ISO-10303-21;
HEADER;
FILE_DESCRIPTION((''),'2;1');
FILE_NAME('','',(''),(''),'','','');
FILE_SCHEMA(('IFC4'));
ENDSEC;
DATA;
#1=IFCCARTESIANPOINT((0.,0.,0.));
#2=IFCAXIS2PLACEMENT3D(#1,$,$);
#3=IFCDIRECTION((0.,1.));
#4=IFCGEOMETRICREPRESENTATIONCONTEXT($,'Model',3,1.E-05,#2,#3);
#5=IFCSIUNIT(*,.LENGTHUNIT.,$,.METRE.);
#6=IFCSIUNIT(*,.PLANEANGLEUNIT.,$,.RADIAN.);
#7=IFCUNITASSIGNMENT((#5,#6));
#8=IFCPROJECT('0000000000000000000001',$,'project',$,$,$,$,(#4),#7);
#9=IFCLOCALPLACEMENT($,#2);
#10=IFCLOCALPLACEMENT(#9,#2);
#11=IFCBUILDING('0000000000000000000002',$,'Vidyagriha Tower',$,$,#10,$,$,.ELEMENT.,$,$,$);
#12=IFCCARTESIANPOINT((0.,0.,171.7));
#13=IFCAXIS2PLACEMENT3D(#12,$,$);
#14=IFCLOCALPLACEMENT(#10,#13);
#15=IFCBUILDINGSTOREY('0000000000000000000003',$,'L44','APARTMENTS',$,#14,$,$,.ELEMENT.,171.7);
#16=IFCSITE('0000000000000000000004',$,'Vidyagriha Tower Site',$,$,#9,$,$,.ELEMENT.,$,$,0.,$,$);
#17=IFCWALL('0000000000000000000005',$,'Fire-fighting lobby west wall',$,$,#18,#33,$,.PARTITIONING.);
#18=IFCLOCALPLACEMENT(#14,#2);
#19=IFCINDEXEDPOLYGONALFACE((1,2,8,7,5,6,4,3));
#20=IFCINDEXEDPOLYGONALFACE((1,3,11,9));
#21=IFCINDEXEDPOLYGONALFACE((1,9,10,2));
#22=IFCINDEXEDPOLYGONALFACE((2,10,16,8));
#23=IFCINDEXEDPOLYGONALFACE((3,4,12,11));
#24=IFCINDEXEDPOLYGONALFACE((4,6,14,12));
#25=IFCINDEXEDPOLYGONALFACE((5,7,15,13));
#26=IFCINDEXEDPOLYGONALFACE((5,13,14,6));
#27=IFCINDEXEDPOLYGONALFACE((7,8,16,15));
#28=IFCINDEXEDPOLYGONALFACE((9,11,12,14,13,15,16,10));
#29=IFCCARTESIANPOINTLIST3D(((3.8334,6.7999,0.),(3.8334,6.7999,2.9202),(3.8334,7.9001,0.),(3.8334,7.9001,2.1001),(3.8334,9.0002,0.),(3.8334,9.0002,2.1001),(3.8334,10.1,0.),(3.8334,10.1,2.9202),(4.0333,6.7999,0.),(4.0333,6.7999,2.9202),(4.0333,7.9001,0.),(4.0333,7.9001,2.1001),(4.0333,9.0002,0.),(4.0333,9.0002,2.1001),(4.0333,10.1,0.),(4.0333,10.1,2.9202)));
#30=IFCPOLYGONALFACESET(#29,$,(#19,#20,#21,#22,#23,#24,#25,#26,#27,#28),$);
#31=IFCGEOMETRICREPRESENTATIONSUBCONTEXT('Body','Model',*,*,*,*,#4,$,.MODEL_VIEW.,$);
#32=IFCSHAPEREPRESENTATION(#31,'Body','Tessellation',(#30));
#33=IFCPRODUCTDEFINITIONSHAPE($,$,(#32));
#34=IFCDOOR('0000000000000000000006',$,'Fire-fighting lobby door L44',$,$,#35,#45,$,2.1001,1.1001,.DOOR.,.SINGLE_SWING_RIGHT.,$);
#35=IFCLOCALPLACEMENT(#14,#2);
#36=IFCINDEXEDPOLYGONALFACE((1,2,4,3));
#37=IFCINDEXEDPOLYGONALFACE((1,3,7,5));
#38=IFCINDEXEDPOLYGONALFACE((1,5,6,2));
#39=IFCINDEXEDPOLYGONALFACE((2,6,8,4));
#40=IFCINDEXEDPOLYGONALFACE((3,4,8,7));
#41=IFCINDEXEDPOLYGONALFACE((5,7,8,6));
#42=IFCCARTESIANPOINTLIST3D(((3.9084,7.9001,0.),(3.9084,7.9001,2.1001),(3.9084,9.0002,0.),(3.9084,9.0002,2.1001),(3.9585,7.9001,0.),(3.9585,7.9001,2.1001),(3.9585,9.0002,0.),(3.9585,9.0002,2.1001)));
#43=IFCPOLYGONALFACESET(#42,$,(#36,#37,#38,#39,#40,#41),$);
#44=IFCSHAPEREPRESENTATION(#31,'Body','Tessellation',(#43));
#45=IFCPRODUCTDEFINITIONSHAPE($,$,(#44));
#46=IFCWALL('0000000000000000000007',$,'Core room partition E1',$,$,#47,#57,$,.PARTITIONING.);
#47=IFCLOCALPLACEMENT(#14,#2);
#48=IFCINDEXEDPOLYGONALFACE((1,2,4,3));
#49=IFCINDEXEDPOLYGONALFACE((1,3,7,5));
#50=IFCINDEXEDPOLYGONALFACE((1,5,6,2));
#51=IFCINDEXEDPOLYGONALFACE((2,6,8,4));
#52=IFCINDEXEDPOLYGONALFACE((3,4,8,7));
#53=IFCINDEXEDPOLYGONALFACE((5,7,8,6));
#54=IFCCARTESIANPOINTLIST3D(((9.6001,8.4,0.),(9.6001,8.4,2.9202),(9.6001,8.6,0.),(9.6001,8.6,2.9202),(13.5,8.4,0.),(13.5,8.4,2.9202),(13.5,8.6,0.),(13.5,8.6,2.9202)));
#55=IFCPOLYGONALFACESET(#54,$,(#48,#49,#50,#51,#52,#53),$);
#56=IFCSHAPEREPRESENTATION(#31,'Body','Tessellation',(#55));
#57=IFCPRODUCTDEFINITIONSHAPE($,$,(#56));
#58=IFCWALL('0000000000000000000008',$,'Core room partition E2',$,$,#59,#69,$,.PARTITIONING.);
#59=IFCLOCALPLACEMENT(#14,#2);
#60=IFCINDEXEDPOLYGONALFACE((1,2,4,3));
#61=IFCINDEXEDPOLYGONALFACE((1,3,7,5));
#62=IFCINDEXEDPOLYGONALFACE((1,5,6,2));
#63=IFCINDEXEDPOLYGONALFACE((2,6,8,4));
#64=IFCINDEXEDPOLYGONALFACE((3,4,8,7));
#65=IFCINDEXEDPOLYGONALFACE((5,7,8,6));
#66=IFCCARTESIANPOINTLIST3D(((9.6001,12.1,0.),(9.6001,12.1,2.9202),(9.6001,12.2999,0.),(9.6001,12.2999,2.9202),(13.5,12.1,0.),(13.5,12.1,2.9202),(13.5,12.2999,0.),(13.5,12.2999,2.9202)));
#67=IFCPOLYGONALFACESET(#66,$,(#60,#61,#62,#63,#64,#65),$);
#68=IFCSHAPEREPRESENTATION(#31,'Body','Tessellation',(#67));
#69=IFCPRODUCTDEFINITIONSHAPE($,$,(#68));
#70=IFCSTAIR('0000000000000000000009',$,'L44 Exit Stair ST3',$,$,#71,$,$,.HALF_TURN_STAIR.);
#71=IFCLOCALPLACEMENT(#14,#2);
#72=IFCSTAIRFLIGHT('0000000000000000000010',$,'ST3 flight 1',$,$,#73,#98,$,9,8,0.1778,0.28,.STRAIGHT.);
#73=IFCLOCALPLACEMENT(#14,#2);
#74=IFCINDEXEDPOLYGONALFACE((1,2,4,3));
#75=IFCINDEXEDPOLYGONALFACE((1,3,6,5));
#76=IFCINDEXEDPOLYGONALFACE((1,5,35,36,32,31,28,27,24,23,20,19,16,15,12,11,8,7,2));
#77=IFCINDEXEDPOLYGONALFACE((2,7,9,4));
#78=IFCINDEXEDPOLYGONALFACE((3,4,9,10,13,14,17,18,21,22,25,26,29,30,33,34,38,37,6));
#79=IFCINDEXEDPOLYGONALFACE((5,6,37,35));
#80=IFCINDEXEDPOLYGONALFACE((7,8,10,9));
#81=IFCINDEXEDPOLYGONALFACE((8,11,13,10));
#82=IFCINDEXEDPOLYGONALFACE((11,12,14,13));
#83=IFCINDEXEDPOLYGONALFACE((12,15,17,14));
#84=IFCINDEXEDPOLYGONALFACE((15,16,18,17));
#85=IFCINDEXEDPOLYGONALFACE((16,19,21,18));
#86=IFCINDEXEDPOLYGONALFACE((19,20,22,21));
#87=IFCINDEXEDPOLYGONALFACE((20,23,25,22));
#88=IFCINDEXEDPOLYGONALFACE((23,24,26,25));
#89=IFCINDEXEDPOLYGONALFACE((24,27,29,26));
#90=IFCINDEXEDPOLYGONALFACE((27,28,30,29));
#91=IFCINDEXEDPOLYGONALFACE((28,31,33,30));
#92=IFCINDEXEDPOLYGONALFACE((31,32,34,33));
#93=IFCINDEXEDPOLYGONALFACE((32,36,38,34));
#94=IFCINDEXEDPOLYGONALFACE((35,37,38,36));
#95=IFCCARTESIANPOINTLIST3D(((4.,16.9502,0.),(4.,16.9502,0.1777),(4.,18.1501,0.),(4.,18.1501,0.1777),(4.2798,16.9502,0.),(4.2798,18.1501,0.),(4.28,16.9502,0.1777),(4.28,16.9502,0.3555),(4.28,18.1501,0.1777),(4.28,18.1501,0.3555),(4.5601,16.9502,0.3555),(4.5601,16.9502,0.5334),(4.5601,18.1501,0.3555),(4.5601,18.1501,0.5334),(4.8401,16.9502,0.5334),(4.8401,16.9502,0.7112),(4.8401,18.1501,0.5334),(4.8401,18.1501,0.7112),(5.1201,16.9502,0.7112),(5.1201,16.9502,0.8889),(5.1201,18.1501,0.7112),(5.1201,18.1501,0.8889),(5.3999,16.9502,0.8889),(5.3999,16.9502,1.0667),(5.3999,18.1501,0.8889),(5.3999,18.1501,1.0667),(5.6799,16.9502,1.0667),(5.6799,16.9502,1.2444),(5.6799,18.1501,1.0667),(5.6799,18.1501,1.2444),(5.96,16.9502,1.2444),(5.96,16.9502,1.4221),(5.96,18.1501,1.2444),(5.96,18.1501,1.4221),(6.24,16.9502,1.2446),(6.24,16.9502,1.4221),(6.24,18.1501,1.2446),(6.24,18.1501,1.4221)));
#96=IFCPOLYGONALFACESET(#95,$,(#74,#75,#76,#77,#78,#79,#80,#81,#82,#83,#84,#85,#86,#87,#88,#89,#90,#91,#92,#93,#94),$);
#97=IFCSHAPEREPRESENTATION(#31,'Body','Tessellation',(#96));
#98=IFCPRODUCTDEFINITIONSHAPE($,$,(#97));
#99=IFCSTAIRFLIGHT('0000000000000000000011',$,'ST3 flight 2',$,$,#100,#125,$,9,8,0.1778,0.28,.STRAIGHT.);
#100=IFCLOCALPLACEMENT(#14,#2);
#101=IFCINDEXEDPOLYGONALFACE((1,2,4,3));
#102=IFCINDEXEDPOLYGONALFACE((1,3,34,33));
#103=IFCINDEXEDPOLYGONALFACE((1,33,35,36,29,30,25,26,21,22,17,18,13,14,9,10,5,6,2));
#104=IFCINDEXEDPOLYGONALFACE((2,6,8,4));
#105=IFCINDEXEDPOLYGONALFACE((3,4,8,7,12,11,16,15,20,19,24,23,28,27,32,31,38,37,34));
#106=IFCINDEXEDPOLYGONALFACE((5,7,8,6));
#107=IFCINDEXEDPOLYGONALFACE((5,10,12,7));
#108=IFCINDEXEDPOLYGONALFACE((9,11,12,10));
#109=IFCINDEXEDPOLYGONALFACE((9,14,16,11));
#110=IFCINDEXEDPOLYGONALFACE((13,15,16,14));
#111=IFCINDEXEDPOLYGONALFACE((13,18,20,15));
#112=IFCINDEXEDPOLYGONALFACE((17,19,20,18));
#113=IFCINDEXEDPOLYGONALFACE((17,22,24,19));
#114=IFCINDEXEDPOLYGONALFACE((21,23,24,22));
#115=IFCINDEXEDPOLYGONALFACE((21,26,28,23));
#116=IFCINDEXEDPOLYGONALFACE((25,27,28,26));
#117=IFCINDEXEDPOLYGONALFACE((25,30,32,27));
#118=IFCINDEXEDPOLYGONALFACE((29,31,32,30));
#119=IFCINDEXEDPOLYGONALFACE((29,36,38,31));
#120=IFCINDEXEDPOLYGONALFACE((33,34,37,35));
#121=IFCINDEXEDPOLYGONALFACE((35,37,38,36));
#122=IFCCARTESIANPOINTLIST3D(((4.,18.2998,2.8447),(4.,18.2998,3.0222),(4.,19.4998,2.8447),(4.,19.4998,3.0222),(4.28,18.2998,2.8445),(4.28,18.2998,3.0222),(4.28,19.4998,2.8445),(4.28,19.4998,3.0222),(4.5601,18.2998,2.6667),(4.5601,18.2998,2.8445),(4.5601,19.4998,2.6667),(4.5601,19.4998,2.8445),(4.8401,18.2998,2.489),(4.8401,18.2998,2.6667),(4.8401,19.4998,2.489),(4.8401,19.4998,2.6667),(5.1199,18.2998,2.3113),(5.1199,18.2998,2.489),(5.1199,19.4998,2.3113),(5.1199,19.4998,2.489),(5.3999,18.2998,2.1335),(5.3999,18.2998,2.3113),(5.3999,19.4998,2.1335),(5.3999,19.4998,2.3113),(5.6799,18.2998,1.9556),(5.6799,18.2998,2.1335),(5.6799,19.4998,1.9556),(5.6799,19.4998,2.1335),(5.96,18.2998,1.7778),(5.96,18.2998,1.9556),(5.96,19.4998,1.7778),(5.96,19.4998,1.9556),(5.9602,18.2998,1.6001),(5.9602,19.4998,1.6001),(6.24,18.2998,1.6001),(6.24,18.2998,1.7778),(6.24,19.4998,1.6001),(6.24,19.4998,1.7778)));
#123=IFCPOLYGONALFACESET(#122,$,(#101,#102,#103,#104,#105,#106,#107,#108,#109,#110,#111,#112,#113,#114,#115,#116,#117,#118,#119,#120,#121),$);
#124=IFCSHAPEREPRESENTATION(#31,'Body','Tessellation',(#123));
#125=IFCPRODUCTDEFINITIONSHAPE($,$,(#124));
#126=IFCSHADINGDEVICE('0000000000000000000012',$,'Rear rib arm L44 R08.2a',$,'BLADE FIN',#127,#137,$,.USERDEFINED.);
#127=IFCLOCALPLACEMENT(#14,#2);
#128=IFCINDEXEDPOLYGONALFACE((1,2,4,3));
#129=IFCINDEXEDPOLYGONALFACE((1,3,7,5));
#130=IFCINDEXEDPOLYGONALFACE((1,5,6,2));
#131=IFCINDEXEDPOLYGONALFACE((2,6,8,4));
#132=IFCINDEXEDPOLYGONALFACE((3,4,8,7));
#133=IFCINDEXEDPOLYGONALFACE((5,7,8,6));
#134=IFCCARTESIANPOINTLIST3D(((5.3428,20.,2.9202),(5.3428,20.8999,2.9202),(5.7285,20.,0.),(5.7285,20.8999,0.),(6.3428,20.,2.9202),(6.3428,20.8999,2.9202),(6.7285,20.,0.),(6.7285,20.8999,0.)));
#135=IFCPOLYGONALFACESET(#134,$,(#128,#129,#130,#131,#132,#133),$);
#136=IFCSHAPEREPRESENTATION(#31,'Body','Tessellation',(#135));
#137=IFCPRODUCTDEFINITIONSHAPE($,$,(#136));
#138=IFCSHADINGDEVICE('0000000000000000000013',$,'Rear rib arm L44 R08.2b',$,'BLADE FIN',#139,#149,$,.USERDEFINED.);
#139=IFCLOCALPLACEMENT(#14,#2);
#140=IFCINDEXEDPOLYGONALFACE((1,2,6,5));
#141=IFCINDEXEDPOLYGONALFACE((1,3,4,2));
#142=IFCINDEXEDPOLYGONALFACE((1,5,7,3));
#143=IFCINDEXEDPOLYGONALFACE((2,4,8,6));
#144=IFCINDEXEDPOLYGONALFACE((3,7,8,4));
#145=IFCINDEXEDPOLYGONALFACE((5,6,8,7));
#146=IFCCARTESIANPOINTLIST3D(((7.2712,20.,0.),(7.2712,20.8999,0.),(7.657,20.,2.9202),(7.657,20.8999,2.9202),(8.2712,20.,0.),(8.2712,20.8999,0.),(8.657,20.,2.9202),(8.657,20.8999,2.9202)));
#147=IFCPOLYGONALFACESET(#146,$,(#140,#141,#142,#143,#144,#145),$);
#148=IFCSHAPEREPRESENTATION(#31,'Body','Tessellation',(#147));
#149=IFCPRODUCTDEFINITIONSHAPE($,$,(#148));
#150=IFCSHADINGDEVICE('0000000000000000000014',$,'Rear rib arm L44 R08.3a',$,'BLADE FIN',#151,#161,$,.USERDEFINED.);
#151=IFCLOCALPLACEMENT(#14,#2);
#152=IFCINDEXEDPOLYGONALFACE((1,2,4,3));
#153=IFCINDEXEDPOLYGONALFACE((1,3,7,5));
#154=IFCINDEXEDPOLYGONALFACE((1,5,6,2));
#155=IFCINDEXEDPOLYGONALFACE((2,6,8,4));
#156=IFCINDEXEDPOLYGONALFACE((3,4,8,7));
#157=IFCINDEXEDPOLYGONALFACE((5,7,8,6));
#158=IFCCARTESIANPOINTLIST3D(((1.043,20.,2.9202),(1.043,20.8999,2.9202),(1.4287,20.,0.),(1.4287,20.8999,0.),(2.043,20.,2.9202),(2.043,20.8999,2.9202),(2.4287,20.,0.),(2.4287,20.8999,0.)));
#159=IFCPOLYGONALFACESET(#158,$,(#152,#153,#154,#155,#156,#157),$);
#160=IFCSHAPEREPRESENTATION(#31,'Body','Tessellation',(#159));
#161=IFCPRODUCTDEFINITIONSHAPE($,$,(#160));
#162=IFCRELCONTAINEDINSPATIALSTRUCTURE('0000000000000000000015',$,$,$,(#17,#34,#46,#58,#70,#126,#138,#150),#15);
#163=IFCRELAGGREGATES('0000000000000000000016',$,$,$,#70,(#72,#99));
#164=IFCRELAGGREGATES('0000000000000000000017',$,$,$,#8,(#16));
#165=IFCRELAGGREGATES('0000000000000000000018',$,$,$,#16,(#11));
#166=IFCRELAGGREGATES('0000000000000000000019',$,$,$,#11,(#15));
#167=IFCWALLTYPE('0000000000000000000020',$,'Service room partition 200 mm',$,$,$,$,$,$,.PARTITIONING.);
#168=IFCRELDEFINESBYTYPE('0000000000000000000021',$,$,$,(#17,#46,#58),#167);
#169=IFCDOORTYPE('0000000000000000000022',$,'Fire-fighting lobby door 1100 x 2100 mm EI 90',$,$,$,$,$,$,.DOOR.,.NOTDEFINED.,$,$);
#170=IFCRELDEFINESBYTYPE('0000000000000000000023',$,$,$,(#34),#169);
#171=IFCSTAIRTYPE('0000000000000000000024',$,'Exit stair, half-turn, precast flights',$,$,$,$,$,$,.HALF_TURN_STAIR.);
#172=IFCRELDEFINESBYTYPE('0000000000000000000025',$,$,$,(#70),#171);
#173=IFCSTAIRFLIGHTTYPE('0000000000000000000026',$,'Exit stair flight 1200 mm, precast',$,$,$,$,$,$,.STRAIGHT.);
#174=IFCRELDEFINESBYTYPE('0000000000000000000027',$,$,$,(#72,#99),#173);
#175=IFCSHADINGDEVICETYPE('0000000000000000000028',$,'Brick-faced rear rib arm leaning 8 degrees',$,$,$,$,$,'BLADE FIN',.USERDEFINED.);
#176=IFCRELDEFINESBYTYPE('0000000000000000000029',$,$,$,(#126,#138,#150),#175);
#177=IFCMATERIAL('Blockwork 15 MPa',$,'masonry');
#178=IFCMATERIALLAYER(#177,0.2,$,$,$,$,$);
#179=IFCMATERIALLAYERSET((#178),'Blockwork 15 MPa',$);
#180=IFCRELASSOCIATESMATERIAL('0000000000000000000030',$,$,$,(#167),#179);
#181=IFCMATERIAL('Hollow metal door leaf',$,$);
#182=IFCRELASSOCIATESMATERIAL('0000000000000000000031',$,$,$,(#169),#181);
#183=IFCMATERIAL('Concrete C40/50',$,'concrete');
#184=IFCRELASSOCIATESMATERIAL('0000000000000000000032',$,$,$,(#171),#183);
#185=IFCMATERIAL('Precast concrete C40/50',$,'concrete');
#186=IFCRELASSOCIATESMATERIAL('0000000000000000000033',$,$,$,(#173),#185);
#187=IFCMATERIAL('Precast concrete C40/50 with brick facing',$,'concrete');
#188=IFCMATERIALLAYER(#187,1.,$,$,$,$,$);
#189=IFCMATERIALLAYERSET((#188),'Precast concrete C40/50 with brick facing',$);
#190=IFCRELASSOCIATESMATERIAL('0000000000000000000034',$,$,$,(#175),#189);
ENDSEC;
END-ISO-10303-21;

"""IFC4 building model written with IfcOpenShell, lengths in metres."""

from ifc_helpers import new_model, si_unit, direction, frame, frame_2d, origin, place, context, subcontext, project, spatial, polyline, rectangle, outline, extrude, material, layer, layer_set, type_object, element, fill, aggregate, save


model = new_model("IFC4")

# Units and contexts
model_context = context("Model", 3, precision=1e-05, world=origin(), true_north=direction((0.0, 1.0)))
body_context = subcontext(model_context, "Body", "Model", "MODEL_VIEW")
ifc_project = project(units=[si_unit("LENGTHUNIT", "METRE"), si_unit("PLANEANGLEUNIT", "RADIAN")], contexts=[model_context])

# Site, building, storey
site_placement = place(None, origin())
site = spatial("IfcSite", under=ifc_project, at=site_placement, Name="Vidyagriha Tower Site", CompositionType="ELEMENT", RefElevation=0.0)
building_placement = place(site_placement, origin())
building = spatial("IfcBuilding", under=site, at=building_placement, Name="Vidyagriha Tower", CompositionType="ELEMENT")
storey_placement = place(building_placement, frame((0.0, 0.0, 171.7)))
storey = spatial("IfcBuildingStorey", under=building, at=storey_placement, Name="L44", Description="APARTMENTS", CompositionType="ELEMENT", Elevation=171.7)

# Wall, opening, door
ifc_material_1 = material(Name="Blockwork 15 MPa", Category="masonry")
ifc_layer_1 = layer(ifc_material_1, 0.2)
ifc_layer_set_1 = layer_set([ifc_layer_1], Name="Blockwork 15 MPa")
wall_type_1 = type_object("IfcWallType", Name="Service room partition 200 mm", PredefinedType="PARTITIONING", material=ifc_layer_set_1)
wall_1_placement = place(storey_placement, frame((3.9333, 6.8, 0.0), z_axis=(0.0, 0.0, 1.0), x_axis=(0.0, 1.0, 0.0)))
wall_1 = element("IfcWall", 1, at=wall_1_placement, inside=storey, type_object=wall_type_1, Name="Fire-fighting lobby west wall", PredefinedType="PARTITIONING", context=body_context, shape_type="SweptSolid", body=[
    extrude(rectangle(XDim=3.3, YDim=0.2, at=frame_2d((1.6499, 0.0))), origin(), (0.0, 0.0, 1.0), 2.9202),
])
opening_1_placement = place(wall_1_placement, frame((1.1001, 0.0, 0.0)))
opening_1 = element("IfcOpeningElement", 2, at=opening_1_placement, cuts=wall_1, PredefinedType="OPENING", context=body_context, shape_type="SweptSolid", body=[
    extrude(rectangle(XDim=1.1001, YDim=2.1001, at=frame_2d((0.55, 1.05))), frame((0.0, 0.1099, 0.0), z_axis=(0.0, -1.0, 0.0), x_axis=(1.0, 0.0, 0.0)), (0.0, 0.0, 1.0), 0.22),
])
ifc_material_2 = material(Name="Hollow metal door leaf")
door_type_1 = type_object("IfcDoorType", Name="Fire-fighting lobby door 1100 x 2100 mm EI 90", OperationType="NOTDEFINED", PredefinedType="DOOR", material=ifc_material_2)
door_1_placement = place(opening_1_placement, origin())
door_1 = element("IfcDoor", 3, at=door_1_placement, inside=storey, type_object=door_type_1, Name="Fire-fighting lobby door L44", OperationType="SINGLE_SWING_RIGHT", OverallHeight=2.1001, OverallWidth=1.1001, PredefinedType="DOOR", context=body_context, shape_type="SweptSolid", body=[
    extrude(rectangle(XDim=1.1001, YDim=2.1001, at=frame_2d((0.55, 1.05))), frame((0.0, 0.0249, 0.0), z_axis=(0.0, -1.0, 0.0), x_axis=(1.0, 0.0, 0.0)), (0.0, 0.0, 1.0), 0.05),
])
fill(opening_1, door_1)

# Walls
for number, where, name in (
    (4, (9.6001, 8.5, 0.0), "Core room partition E1"),
    (5, (9.6001, 12.2, 0.0), "Core room partition E2"),
):
    element("IfcWall", number, at=place(storey_placement, frame(where)), inside=storey, type_object=wall_type_1, Name=name, PredefinedType="PARTITIONING", context=body_context, shape_type="SweptSolid", body=[
        extrude(rectangle(XDim=3.8999, YDim=0.2, at=frame_2d((1.95, 0.0))), origin(), (0.0, 0.0, 1.0), 2.9202),
    ])

# Stair, stair flights
ifc_material_3 = material(Name="Concrete C40/50", Category="concrete")
stair_type = type_object("IfcStairType", Name="Exit stair, half-turn, precast flights", PredefinedType="HALF_TURN_STAIR", material=ifc_material_3)
stair_placement = place(storey_placement, origin())
stair = element("IfcStair", 6, at=stair_placement, inside=storey, type_object=stair_type, Name="L44 Exit Stair ST3", PredefinedType="HALF_TURN_STAIR")
ifc_material_4 = material(Name="Precast concrete C40/50", Category="concrete")
stair_flight_type = type_object("IfcStairFlightType", Name="Exit stair flight 1200 mm, precast", PredefinedType="STRAIGHT", material=ifc_material_4)
stair_flight_1_placement = place(storey_placement, frame((4.0, 17.55, 0.0)))
stair_flight_1 = element("IfcStairFlight", 7, at=stair_flight_1_placement, type_object=stair_flight_type, Name="ST3 flight 1", NumberOfRisers=9, NumberOfTreads=8, PredefinedType="STRAIGHT", RiserHeight=0.1778, TreadLength=0.28, context=body_context, shape_type="SweptSolid", body=[
    extrude(outline(polyline([(0.0, 0.0), (0.0, 0.1777), (0.28, 0.1777), (0.28, 0.3555), (0.5601, 0.3555), (0.5601, 0.5334), (0.8401, 0.5334), (0.8401, 0.7112), (1.1201, 0.7112), (1.1201, 0.8889), (1.3999, 0.8889), (1.3999, 1.0667), (1.6799, 1.0667), (1.6799, 1.2444), (1.96, 1.2444), (1.96, 1.4221), (2.24, 1.4221), (2.24, 1.6001), (2.24, 1.2446), (0.2798, 0.0), (0.0, 0.0)])), frame((0.0, 0.6001, 0.0), z_axis=(0.0, -1.0, 0.0), x_axis=(1.0, 0.0, 0.0)), (0.0, 0.0, 1.0), 1.2),
])
stair_flight_2_placement = place(storey_placement, frame((6.24, 18.8999, 1.6001), z_axis=(0.0, 0.0, 1.0), x_axis=(-1.0, 0.0, 0.0)))
stair_flight_2 = element("IfcStairFlight", 8, at=stair_flight_2_placement, type_object=stair_flight_type, Name="ST3 flight 2", NumberOfRisers=9, NumberOfTreads=8, PredefinedType="STRAIGHT", RiserHeight=0.1778, TreadLength=0.28, context=body_context, shape_type="SweptSolid", body=[
    extrude(outline(polyline([(0.0, 0.0), (0.0, 0.1777), (0.28, 0.1777), (0.28, 0.3555), (0.5601, 0.3555), (0.5601, 0.5334), (0.8401, 0.5334), (0.8401, 0.7112), (1.1201, 0.7112), (1.1201, 0.8889), (1.3999, 0.8889), (1.3999, 1.0667), (1.6799, 1.0667), (1.6799, 1.2444), (1.96, 1.2444), (1.96, 1.4221), (2.24, 1.4221), (2.24, 1.6001), (2.24, 1.2446), (0.2798, 0.0), (0.0, 0.0)])), frame((0.0, 0.6001, 0.0), z_axis=(0.0, -1.0, 0.0), x_axis=(1.0, 0.0, 0.0)), (0.0, 0.0, 1.0), 1.2),
])
aggregate(stair, [stair_flight_1, stair_flight_2])

# Shading devices
ifc_material_5 = material(Name="Precast concrete C40/50 with brick facing", Category="concrete")
ifc_layer_2 = layer(ifc_material_5, 1.0)
ifc_layer_set_2 = layer_set([ifc_layer_2], Name="Precast concrete C40/50 with brick facing")
shading_device_type = type_object("IfcShadingDeviceType", Name="Brick-faced rear rib arm leaning 8 degrees", ElementType="BLADE FIN", PredefinedType="USERDEFINED", material=ifc_layer_set_2)
shading_device_1_placement = place(storey_placement, frame((6.7285, 20.45, 0.0), z_axis=(0.0, 0.0, 1.0), x_axis=(-1.0, 0.0, 0.0)))
element("IfcShadingDevice", 9, at=shading_device_1_placement, inside=storey, type_object=shading_device_type, Name="Rear rib arm L44 R08.2a", ObjectType="BLADE FIN", PredefinedType="USERDEFINED", context=body_context, shape_type="SweptSolid", body=[
    extrude(outline(polyline([(0.0, 0.0), (1.0, 0.0), (1.3857, 2.9202), (0.3857, 2.9202), (0.0, 0.0)])), frame((0.0, 0.45, 0.0), z_axis=(0.0, -1.0, 0.0), x_axis=(1.0, 0.0, 0.0)), (0.0, 0.0, 1.0), 0.8999),
])
shading_device_2_placement = place(storey_placement, frame((8.657, 20.45, 0.0), z_axis=(0.0, 0.0, 1.0), x_axis=(-1.0, 0.0, 0.0)))
element("IfcShadingDevice", 10, at=shading_device_2_placement, inside=storey, type_object=shading_device_type, Name="Rear rib arm L44 R08.2b", ObjectType="BLADE FIN", PredefinedType="USERDEFINED", context=body_context, shape_type="SweptSolid", body=[
    extrude(outline(polyline([(0.3857, 0.0), (1.3857, 0.0), (1.0, 2.9202), (0.0, 2.9202), (0.3857, 0.0)])), frame((0.0, 0.45, 0.0), z_axis=(0.0, -1.0, 0.0), x_axis=(1.0, 0.0, 0.0)), (0.0, 0.0, 1.0), 0.8999),
])
shading_device_3_placement = place(storey_placement, frame((2.4287, 20.45, 0.0), z_axis=(0.0, 0.0, 1.0), x_axis=(-1.0, 0.0, 0.0)))
element("IfcShadingDevice", 11, at=shading_device_3_placement, inside=storey, type_object=shading_device_type, Name="Rear rib arm L44 R08.3a", ObjectType="BLADE FIN", PredefinedType="USERDEFINED", context=body_context, shape_type="SweptSolid", body=[
    extrude(outline(polyline([(0.0, 0.0), (1.0, 0.0), (1.3857, 2.9202), (0.3857, 2.9202), (0.0, 0.0)])), frame((0.0, 0.45, 0.0), z_axis=(0.0, -1.0, 0.0), x_axis=(1.0, 0.0, 0.0)), (0.0, 0.0, 1.0), 0.8999),
])

save(model, "model.ifc")
